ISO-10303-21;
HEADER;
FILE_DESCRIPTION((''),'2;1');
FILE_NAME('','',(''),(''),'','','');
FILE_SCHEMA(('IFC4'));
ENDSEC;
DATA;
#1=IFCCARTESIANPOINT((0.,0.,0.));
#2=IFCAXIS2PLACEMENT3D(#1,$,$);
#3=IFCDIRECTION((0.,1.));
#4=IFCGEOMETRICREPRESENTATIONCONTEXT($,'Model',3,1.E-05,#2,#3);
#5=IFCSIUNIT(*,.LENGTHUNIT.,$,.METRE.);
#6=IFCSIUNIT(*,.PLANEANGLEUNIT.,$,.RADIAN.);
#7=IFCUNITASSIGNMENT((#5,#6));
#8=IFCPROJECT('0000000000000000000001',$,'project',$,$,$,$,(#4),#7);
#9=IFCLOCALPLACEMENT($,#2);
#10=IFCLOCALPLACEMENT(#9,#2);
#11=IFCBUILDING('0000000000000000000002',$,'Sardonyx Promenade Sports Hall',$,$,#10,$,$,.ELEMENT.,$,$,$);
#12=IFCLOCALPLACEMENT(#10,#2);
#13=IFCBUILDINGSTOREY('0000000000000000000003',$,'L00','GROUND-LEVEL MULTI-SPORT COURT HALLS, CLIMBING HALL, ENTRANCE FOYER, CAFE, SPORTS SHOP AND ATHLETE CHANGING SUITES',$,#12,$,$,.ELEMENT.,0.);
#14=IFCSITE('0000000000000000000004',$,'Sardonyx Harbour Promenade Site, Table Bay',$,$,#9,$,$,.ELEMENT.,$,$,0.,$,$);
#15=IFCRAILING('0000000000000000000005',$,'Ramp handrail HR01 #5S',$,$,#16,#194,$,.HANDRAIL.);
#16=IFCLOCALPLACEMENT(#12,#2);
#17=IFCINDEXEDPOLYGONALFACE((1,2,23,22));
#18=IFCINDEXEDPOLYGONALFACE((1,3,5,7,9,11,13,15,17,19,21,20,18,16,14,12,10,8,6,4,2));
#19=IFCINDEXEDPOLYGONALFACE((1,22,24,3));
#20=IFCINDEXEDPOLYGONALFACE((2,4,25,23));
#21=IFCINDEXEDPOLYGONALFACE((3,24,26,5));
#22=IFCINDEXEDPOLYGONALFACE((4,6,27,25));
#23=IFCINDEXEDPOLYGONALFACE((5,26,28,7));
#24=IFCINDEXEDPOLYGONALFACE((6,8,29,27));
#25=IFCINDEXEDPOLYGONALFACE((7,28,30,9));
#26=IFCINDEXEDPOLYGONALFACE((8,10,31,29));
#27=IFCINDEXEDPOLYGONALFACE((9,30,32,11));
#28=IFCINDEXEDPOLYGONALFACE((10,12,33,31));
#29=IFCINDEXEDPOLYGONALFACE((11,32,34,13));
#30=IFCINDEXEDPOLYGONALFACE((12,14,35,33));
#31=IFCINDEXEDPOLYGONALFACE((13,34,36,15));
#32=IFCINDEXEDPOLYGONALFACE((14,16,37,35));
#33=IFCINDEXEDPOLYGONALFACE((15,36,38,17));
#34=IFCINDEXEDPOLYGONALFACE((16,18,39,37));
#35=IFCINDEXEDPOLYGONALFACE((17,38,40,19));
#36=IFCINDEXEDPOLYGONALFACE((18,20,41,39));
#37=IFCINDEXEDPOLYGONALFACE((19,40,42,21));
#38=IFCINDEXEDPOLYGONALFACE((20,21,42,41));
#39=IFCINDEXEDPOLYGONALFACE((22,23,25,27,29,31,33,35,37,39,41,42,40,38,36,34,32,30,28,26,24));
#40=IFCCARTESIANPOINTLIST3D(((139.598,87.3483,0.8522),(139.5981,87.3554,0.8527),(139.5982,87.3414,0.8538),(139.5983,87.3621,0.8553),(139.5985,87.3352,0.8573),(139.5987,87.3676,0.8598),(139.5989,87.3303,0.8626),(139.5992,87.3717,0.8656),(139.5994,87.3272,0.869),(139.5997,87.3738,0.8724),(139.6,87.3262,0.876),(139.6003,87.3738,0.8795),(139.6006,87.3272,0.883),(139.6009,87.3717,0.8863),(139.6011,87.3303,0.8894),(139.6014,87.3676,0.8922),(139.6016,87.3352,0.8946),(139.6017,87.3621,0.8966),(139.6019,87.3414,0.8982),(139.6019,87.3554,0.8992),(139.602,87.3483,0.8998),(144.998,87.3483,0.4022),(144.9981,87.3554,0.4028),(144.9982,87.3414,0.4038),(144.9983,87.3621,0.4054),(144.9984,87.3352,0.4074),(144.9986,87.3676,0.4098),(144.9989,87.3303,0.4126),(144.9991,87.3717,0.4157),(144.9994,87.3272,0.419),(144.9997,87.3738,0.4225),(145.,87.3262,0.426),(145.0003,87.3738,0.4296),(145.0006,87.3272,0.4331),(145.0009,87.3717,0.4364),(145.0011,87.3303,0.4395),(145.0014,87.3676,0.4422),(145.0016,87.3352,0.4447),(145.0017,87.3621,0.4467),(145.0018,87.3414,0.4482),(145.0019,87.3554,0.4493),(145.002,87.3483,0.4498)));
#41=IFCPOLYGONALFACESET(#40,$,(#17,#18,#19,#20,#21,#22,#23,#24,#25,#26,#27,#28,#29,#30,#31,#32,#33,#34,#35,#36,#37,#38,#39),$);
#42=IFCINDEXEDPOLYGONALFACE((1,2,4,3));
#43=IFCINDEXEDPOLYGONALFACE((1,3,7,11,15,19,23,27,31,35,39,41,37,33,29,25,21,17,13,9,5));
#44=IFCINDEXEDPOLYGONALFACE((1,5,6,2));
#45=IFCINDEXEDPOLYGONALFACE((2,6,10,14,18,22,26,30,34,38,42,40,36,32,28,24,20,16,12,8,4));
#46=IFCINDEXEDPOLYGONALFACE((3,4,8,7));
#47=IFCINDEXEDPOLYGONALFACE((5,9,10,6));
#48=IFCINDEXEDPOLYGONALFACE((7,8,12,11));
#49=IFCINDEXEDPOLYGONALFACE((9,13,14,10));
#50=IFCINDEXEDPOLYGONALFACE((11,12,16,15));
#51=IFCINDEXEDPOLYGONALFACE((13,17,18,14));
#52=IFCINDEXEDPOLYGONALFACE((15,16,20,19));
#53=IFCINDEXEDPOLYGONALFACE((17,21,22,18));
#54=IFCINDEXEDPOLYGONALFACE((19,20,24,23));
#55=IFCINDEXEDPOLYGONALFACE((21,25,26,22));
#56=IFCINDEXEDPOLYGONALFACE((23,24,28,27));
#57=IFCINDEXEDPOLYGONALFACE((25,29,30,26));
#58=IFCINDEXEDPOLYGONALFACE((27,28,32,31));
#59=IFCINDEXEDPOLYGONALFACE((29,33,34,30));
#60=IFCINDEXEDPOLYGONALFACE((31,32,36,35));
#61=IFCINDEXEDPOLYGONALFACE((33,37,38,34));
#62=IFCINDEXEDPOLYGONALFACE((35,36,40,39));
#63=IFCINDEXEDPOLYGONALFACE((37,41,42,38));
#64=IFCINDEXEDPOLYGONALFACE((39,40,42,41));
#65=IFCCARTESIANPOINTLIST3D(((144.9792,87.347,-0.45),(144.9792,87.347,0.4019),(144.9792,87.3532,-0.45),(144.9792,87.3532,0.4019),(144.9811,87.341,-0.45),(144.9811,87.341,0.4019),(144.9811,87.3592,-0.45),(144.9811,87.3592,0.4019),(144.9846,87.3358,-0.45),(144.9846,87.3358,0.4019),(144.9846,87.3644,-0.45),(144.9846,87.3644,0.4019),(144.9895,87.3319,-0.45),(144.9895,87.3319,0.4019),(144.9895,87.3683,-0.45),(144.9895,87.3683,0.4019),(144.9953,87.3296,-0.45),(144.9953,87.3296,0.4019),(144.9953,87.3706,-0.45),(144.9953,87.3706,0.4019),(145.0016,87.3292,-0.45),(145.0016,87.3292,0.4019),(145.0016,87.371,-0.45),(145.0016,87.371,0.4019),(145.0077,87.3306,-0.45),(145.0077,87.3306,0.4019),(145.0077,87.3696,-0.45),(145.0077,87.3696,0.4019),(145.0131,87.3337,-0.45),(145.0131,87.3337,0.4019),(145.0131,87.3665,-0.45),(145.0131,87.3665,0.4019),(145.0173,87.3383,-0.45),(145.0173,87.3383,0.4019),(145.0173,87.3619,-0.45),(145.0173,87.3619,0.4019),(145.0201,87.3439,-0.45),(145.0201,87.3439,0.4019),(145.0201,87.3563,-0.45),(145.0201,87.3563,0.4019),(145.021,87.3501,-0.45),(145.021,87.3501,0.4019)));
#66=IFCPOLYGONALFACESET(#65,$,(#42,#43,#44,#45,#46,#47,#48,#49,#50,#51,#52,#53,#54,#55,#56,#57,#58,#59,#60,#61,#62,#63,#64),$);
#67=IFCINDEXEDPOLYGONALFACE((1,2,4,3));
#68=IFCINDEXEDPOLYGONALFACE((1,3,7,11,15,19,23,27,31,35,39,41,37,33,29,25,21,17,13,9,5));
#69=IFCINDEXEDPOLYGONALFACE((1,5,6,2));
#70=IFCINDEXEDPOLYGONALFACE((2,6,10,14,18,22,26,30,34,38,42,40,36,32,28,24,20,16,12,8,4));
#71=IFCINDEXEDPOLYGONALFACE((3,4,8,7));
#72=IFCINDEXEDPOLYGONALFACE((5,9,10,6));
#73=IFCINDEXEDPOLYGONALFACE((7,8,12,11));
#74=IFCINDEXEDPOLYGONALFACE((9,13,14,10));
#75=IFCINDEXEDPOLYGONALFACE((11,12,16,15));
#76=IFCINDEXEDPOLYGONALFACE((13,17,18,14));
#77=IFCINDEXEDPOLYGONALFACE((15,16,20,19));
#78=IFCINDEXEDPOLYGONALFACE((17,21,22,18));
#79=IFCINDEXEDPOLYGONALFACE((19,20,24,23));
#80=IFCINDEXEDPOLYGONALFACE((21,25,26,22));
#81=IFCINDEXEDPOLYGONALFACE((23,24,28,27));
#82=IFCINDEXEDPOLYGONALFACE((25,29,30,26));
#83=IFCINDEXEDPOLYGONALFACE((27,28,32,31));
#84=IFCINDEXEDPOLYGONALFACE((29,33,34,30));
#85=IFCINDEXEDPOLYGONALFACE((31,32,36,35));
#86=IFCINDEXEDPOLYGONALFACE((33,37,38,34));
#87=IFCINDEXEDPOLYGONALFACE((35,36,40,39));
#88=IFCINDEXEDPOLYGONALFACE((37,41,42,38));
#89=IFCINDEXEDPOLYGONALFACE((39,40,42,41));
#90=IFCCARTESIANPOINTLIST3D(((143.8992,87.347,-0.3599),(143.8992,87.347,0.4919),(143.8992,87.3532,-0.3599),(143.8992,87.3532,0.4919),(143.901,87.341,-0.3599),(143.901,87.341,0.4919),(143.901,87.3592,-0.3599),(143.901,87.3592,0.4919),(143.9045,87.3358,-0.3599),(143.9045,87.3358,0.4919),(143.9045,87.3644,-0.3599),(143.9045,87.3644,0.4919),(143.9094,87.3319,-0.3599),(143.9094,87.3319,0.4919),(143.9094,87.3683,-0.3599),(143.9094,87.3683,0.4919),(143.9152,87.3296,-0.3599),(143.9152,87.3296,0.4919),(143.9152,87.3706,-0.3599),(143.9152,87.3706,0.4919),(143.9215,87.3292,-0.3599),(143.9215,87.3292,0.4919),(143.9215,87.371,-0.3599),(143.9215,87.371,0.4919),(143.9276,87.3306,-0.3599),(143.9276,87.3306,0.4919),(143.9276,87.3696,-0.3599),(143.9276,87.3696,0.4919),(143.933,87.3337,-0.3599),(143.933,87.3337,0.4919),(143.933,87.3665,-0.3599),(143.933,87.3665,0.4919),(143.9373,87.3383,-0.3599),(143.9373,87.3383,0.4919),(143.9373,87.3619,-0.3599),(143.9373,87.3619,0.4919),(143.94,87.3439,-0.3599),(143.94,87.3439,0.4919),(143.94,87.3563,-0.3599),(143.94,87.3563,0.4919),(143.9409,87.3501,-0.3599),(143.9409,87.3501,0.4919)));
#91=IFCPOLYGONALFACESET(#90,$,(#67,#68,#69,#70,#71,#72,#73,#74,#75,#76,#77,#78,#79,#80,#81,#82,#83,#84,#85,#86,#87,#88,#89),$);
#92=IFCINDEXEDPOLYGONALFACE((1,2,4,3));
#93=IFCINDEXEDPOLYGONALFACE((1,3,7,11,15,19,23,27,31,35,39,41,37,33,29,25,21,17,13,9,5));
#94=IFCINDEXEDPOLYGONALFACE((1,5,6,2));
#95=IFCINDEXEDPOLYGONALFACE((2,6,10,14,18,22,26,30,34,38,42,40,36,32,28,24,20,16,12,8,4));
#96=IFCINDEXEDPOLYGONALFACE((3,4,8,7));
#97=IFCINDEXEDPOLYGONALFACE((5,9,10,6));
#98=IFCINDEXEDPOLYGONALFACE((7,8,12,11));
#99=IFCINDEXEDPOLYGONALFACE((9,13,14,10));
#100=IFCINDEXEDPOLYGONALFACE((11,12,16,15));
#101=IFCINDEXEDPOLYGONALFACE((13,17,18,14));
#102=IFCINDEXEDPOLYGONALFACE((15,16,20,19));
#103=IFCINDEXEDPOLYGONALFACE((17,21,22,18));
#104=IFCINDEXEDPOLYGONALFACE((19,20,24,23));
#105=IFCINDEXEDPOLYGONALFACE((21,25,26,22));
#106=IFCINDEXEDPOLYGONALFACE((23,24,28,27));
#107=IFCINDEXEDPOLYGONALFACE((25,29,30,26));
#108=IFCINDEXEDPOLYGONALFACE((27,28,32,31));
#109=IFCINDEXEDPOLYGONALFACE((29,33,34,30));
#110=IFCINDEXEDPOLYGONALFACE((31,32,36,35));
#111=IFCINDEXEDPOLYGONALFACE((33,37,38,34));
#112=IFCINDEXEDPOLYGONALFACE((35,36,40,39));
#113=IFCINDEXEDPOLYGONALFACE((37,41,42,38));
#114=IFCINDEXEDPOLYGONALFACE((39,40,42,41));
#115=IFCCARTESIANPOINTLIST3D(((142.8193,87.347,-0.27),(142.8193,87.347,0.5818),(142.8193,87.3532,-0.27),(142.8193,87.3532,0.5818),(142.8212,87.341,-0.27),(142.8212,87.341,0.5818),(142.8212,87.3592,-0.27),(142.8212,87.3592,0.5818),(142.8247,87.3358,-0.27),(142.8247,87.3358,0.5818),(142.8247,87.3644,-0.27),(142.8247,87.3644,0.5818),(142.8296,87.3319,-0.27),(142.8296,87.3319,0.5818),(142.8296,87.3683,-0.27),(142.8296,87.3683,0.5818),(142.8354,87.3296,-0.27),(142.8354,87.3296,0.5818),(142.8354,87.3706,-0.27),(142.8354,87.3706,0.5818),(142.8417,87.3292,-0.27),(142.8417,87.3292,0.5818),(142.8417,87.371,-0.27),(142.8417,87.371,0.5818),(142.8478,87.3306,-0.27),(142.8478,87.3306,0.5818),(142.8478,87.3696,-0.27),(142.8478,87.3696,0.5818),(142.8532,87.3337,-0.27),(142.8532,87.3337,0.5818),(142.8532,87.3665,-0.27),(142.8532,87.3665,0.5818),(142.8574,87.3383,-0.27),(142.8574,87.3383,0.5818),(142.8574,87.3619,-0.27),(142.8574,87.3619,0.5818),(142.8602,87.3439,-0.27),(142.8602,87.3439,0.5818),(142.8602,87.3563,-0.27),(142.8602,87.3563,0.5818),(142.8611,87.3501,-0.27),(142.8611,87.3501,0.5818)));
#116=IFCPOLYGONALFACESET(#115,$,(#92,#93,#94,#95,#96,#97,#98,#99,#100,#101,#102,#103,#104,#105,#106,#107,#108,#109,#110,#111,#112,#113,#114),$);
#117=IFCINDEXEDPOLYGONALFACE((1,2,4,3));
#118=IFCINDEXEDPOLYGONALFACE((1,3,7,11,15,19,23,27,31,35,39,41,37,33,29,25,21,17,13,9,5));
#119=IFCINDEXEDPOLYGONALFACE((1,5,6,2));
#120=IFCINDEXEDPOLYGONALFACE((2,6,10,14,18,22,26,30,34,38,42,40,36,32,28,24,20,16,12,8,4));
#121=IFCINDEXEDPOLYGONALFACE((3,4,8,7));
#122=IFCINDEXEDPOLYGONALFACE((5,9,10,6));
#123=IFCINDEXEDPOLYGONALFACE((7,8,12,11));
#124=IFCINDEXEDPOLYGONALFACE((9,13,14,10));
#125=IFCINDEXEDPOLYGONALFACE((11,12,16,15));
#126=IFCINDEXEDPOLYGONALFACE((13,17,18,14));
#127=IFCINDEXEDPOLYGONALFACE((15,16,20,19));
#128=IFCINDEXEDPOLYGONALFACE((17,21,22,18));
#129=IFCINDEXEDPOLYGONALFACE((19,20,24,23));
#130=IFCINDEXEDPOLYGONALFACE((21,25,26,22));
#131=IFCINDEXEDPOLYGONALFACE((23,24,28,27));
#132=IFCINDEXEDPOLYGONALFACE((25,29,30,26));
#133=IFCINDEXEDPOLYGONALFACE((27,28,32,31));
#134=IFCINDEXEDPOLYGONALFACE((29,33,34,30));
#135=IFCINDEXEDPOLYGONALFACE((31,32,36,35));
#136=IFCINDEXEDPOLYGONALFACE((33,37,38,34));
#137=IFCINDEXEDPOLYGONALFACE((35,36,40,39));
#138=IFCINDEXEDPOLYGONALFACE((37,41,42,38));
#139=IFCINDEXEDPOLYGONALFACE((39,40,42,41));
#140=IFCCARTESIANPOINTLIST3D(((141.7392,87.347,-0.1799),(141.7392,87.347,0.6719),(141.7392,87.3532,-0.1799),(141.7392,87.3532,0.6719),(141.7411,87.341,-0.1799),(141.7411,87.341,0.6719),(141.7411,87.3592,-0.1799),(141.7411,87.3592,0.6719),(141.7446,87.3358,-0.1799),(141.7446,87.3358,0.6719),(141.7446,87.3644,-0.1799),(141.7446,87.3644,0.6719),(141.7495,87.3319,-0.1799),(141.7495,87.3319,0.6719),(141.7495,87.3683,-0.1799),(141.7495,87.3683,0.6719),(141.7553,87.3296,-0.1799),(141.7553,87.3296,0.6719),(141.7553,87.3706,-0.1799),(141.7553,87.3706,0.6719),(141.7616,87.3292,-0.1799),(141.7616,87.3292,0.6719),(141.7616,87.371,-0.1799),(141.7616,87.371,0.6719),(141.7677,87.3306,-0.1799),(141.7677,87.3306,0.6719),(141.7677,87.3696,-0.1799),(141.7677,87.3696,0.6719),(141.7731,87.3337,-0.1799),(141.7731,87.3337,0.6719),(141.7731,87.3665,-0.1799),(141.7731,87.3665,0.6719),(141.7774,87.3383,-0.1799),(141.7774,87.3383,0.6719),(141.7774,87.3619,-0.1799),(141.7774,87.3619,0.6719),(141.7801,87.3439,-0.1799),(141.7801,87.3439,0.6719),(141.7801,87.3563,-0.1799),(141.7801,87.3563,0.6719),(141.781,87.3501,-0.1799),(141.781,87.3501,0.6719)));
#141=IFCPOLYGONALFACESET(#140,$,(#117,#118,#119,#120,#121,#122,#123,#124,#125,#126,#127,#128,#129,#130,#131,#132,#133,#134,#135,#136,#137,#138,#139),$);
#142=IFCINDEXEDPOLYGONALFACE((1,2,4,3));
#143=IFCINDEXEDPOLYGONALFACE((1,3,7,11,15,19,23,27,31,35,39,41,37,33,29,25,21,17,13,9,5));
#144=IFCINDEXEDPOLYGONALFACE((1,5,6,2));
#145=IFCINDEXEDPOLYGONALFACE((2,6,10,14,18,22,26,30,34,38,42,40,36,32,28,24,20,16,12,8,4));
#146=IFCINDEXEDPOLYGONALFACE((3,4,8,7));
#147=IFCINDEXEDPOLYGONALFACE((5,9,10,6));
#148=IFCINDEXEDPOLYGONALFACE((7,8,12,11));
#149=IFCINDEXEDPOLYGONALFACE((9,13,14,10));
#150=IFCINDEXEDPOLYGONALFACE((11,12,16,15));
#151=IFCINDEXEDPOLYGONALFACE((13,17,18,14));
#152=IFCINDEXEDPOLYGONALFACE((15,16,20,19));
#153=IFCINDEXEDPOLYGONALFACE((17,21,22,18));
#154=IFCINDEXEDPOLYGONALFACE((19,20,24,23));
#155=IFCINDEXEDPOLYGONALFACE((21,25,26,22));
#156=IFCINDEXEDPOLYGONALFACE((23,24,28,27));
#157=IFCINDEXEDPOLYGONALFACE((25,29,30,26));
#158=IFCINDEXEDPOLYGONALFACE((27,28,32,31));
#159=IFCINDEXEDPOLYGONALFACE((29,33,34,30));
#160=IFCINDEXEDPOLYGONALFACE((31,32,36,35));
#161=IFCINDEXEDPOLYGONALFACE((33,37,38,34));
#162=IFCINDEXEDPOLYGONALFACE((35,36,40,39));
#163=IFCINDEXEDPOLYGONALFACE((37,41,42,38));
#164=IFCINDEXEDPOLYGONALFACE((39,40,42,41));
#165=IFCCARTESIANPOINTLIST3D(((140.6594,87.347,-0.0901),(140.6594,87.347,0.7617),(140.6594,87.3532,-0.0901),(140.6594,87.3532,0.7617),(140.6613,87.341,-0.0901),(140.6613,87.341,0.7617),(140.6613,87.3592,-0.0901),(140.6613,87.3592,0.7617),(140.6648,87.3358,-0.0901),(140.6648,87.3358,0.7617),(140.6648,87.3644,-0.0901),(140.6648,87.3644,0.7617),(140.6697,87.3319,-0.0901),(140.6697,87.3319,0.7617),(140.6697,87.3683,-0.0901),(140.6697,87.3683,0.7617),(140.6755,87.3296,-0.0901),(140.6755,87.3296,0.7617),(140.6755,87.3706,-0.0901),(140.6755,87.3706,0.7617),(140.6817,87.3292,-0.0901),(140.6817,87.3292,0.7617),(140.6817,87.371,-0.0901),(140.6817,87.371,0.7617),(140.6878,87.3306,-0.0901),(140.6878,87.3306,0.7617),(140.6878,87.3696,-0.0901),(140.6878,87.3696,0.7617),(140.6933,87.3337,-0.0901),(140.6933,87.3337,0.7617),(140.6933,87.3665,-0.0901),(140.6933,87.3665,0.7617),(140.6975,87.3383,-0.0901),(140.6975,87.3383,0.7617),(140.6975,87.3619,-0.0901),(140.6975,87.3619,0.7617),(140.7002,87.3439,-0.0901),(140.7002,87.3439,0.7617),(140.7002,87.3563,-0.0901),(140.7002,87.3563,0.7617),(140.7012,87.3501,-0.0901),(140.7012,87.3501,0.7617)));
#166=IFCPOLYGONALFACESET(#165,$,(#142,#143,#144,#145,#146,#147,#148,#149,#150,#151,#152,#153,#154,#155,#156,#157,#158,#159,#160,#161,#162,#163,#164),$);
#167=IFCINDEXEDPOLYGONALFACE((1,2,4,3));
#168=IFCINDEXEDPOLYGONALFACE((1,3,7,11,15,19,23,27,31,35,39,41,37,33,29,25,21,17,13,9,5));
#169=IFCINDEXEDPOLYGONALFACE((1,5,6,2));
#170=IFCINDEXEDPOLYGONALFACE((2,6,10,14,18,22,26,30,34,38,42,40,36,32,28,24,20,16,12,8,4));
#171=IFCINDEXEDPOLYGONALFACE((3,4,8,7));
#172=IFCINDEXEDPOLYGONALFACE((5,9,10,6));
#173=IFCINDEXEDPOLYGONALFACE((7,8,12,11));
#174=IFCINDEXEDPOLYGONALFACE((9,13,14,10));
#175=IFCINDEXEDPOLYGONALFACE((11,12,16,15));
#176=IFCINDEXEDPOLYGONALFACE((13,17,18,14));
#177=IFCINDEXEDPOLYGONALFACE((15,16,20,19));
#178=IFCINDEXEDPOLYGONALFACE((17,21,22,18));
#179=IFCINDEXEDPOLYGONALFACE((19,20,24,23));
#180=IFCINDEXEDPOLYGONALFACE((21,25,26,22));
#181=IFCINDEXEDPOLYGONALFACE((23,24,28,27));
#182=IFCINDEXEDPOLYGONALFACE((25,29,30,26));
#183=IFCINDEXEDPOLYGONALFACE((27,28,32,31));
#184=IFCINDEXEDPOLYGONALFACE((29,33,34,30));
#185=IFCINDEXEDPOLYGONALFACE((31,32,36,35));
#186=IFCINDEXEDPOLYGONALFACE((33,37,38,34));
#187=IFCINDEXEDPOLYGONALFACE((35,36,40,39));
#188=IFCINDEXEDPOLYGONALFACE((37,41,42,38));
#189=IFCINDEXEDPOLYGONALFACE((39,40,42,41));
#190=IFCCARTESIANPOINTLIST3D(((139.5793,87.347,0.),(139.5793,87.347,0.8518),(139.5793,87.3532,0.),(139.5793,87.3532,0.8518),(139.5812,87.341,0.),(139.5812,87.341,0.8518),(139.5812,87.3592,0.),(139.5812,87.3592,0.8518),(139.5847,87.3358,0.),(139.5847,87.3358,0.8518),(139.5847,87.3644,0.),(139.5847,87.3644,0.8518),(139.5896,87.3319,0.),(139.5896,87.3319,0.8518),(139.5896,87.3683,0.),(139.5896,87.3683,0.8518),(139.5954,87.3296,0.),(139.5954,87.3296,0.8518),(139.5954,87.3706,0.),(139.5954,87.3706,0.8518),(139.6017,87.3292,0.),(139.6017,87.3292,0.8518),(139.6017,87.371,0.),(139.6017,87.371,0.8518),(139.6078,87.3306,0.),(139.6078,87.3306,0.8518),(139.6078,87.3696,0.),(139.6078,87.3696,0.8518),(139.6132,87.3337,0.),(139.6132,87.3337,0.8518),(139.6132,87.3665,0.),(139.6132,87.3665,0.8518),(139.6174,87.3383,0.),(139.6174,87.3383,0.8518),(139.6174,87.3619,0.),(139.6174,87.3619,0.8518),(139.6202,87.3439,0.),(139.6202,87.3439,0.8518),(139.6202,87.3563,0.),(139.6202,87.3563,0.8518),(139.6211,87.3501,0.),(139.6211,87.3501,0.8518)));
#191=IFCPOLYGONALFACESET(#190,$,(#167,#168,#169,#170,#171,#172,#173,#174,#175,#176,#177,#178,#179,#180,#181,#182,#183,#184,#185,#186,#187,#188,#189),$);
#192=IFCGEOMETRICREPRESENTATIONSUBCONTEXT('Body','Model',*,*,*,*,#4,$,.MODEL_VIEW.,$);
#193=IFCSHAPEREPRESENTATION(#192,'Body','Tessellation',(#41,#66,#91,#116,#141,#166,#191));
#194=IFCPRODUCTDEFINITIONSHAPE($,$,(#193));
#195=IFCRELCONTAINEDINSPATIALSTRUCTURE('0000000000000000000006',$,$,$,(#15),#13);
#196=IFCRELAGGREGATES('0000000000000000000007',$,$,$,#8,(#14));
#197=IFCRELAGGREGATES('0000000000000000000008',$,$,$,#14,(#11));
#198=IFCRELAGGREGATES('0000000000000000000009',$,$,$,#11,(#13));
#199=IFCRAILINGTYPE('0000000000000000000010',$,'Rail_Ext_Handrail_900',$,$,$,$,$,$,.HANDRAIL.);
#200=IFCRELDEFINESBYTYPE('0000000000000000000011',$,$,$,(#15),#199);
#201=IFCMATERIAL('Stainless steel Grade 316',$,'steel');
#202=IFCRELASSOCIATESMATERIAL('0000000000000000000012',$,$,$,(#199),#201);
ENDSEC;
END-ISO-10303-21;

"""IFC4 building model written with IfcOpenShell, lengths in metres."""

from ifc_helpers import new_model, si_unit, direction, frame, origin, origin_2d, place, context, subcontext, project, spatial, circle, extrude, material, type_object, element, save


model = new_model("IFC4")

# Units and contexts
model_context = context("Model", 3, precision=1e-05, world=origin(), true_north=direction((0.0, 1.0)))
body_context = subcontext(model_context, "Body", "Model", "MODEL_VIEW")
ifc_project = project(units=[si_unit("LENGTHUNIT", "METRE"), si_unit("PLANEANGLEUNIT", "RADIAN")], contexts=[model_context])

# Site, building, storey
site_placement = place(None, origin())
site = spatial("IfcSite", under=ifc_project, at=site_placement, Name="Sardonyx Harbour Promenade Site, Table Bay", CompositionType="ELEMENT", RefElevation=0.0)
building_placement = place(site_placement, origin())
building = spatial("IfcBuilding", under=site, at=building_placement, Name="Sardonyx Promenade Sports Hall", CompositionType="ELEMENT")
storey_placement = place(building_placement, origin())
storey = spatial("IfcBuildingStorey", under=building, at=storey_placement, Name="L00", Description="GROUND-LEVEL MULTI-SPORT COURT HALLS, CLIMBING HALL, ENTRANCE FOYER, CAFE, SPORTS SHOP AND ATHLETE CHANGING SUITES", CompositionType="ELEMENT", Elevation=0.0)

# Railing
ifc_material_1 = material(Name="Stainless steel Grade 316", Category="steel")
railing_type = type_object("IfcRailingType", Name="Rail_Ext_Handrail_900", PredefinedType="HANDRAIL", material=ifc_material_1)
for number, where, name in (
    (1, (145.0, 87.3501, -0.45), "Ramp handrail HR01 #5S"),
):
    element("IfcRailing", number, at=place(storey_placement, frame(where)), inside=storey, type_object=railing_type, Name=name, PredefinedType="HANDRAIL", context=body_context, shape_type="SweptSolid", body=[
        extrude(circle(Radius=0.0239, at=origin_2d()), frame((0.0, 0.0, 0.876), z_axis=(-0.996546, 0.0, 0.083038), x_axis=(0.0, -1.0, 0.0)), (0.0, 0.0, 1.0), 5.4187),
        extrude(circle(Radius=0.021, at=origin_2d()), origin(), (0.0, 0.0, 1.0), 0.8518),
        extrude(circle(Radius=0.021, at=origin_2d()), frame((-1.0801, 0.0, 0.0901)), (0.0, 0.0, 1.0), 0.8518),
        extrude(circle(Radius=0.021, at=origin_2d()), frame((-2.1599, 0.0, 0.1799)), (0.0, 0.0, 1.0), 0.8518),
        extrude(circle(Radius=0.021, at=origin_2d()), frame((-3.24, 0.0, 0.27)), (0.0, 0.0, 1.0), 0.8518),
        extrude(circle(Radius=0.021, at=origin_2d()), frame((-4.3198, 0.0, 0.3599)), (0.0, 0.0, 1.0), 0.8518),
        extrude(circle(Radius=0.021, at=origin_2d()), frame((-5.3999, 0.0, 0.45)), (0.0, 0.0, 1.0), 0.8518),
    ])

save(model, "model.ifc")
